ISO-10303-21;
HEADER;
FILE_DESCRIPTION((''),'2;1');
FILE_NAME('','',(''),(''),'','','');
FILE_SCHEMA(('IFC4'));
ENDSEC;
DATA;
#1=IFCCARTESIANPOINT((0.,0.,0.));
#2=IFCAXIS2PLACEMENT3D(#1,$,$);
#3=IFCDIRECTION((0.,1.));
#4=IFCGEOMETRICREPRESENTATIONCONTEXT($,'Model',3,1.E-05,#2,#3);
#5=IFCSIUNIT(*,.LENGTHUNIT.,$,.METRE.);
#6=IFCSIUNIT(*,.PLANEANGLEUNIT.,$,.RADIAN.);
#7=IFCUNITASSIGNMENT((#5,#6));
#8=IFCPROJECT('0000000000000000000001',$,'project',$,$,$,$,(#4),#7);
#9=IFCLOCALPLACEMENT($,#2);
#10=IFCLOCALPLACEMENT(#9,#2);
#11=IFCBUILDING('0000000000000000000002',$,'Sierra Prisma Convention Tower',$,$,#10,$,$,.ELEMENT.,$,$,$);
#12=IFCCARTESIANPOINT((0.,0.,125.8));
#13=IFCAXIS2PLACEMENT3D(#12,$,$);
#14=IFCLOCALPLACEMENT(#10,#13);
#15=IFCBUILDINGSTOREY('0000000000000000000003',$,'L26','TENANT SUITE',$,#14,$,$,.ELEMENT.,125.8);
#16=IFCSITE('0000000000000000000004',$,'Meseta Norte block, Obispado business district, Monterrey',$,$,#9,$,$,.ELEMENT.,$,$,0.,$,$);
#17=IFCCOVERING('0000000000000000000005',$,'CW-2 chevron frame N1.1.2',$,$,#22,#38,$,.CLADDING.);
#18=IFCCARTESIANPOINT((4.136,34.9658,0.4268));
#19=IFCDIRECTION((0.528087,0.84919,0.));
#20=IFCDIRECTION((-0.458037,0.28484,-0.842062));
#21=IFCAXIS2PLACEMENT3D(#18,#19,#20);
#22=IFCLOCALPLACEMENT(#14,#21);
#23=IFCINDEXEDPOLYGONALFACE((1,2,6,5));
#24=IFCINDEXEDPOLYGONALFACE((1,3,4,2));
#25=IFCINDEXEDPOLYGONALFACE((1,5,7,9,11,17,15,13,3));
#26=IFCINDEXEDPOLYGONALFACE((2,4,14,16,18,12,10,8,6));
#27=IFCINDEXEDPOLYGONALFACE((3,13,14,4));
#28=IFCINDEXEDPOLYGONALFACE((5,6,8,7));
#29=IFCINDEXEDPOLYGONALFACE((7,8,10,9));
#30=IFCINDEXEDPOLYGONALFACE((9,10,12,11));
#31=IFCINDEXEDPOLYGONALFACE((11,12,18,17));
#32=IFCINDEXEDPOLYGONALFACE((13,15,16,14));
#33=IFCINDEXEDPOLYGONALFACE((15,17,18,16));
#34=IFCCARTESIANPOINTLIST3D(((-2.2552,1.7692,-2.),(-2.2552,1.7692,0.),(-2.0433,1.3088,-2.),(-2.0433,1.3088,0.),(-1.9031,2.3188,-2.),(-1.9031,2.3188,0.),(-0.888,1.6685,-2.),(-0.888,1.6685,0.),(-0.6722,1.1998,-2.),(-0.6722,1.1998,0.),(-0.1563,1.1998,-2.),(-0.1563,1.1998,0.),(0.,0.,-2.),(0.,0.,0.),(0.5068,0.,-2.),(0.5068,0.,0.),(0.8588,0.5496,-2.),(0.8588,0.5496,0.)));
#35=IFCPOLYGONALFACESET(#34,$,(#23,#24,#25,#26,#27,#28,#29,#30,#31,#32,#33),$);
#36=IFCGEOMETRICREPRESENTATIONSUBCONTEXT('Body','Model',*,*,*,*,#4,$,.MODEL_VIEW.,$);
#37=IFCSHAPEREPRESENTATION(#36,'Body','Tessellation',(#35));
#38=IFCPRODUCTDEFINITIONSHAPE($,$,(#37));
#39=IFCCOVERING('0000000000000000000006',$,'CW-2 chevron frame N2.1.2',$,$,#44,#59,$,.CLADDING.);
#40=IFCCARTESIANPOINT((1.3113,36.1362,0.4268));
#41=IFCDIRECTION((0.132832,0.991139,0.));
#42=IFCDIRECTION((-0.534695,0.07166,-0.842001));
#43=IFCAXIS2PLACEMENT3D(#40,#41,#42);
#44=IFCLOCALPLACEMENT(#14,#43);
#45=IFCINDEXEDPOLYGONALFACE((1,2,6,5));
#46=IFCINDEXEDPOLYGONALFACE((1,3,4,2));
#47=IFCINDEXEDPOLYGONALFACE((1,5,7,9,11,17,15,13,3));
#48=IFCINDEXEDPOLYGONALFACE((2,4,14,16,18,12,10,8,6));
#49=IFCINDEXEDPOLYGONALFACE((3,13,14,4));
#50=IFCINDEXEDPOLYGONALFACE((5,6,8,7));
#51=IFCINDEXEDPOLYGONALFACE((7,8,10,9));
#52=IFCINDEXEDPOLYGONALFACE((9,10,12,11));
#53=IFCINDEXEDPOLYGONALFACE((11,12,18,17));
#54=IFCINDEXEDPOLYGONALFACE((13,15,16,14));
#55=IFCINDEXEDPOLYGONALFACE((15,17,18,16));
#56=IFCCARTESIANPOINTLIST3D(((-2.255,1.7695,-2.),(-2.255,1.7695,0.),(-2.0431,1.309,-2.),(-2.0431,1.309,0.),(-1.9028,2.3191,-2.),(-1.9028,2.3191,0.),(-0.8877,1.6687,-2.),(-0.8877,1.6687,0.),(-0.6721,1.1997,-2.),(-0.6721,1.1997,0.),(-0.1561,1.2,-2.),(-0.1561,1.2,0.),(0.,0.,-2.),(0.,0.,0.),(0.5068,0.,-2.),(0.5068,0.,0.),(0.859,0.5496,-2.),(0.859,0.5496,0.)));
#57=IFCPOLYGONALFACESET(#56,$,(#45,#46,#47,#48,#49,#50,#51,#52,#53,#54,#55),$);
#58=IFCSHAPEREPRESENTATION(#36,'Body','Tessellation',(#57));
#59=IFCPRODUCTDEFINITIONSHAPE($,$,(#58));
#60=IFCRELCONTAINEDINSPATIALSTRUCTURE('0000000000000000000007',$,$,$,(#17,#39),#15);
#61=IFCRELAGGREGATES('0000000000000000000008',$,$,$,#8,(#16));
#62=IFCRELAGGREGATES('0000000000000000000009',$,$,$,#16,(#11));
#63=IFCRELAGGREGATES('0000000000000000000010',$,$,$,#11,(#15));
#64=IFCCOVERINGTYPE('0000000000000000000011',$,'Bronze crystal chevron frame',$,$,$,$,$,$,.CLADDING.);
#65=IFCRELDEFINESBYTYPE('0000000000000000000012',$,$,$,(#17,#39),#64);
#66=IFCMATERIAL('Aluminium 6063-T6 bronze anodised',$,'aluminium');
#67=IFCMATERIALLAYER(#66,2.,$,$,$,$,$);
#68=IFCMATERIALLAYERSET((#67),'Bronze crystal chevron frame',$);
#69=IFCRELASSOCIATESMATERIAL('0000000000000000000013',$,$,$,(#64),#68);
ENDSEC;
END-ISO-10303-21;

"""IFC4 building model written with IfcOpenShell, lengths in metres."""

from ifc_helpers import new_model, si_unit, direction, frame, origin, place, context, subcontext, project, spatial, polyline, outline, extrude, material, layer, layer_set, type_object, element, save


model = new_model("IFC4")

# Units and contexts
model_context = context("Model", 3, precision=1e-05, world=origin(), true_north=direction((0.0, 1.0)))
body_context = subcontext(model_context, "Body", "Model", "MODEL_VIEW")
ifc_project = project(units=[si_unit("LENGTHUNIT", "METRE"), si_unit("PLANEANGLEUNIT", "RADIAN")], contexts=[model_context])

# Site, building, storey
site_placement = place(None, origin())
site = spatial("IfcSite", under=ifc_project, at=site_placement, Name="Meseta Norte block, Obispado business district, Monterrey", CompositionType="ELEMENT", RefElevation=0.0)
building_placement = place(site_placement, origin())
building = spatial("IfcBuilding", under=site, at=building_placement, Name="Sierra Prisma Convention Tower", CompositionType="ELEMENT")
storey_placement = place(building_placement, frame((0.0, 0.0, 125.8)))
storey = spatial("IfcBuildingStorey", under=building, at=storey_placement, Name="L26", Description="TENANT SUITE", CompositionType="ELEMENT", Elevation=125.8)

# Coverings
ifc_material_1 = material(Name="Aluminium 6063-T6 bronze anodised", Category="aluminium")
ifc_layer_1 = layer(ifc_material_1, 2.0)
ifc_layer_set_1 = layer_set([ifc_layer_1], Name="Bronze crystal chevron frame")
covering_type = type_object("IfcCoveringType", Name="Bronze crystal chevron frame", PredefinedType="CLADDING", material=ifc_layer_set_1)
covering_1_placement = place(storey_placement, frame((4.136, 34.9658, 0.4268), z_axis=(0.528087, 0.84919, 0.0), x_axis=(-0.458037, 0.28484, -0.842062)))
element("IfcCovering", 1, at=covering_1_placement, inside=storey, type_object=covering_type, Name="CW-2 chevron frame N1.1.2", PredefinedType="CLADDING", context=body_context, shape_type="SweptSolid", body=[
    extrude(outline(polyline([(0.0, 0.0), (0.5068, 0.0), (0.8588, 0.5496), (-0.1563, 1.1998), (-0.6722, 1.1998), (-0.888, 1.6685), (-1.9031, 2.3188), (-2.2552, 1.7692), (-2.0433, 1.3088), (0.0, 0.0)])), origin(), (0.0, 0.0, -1.0), 2.0),
])
covering_2_placement = place(storey_placement, frame((1.3113, 36.1362, 0.4268), z_axis=(0.132832, 0.991139, 0.0), x_axis=(-0.534695, 0.07166, -0.842001)))
element("IfcCovering", 2, at=covering_2_placement, inside=storey, type_object=covering_type, Name="CW-2 chevron frame N2.1.2", PredefinedType="CLADDING", context=body_context, shape_type="SweptSolid", body=[
    extrude(outline(polyline([(0.0, 0.0), (0.5068, 0.0), (0.859, 0.5496), (-0.1561, 1.2), (-0.6721, 1.1997), (-0.8877, 1.6687), (-1.9028, 2.3191), (-2.255, 1.7695), (-2.0431, 1.309), (0.0, 0.0)])), origin(), (0.0, 0.0, -1.0), 2.0),
])

save(model, "model.ifc")
